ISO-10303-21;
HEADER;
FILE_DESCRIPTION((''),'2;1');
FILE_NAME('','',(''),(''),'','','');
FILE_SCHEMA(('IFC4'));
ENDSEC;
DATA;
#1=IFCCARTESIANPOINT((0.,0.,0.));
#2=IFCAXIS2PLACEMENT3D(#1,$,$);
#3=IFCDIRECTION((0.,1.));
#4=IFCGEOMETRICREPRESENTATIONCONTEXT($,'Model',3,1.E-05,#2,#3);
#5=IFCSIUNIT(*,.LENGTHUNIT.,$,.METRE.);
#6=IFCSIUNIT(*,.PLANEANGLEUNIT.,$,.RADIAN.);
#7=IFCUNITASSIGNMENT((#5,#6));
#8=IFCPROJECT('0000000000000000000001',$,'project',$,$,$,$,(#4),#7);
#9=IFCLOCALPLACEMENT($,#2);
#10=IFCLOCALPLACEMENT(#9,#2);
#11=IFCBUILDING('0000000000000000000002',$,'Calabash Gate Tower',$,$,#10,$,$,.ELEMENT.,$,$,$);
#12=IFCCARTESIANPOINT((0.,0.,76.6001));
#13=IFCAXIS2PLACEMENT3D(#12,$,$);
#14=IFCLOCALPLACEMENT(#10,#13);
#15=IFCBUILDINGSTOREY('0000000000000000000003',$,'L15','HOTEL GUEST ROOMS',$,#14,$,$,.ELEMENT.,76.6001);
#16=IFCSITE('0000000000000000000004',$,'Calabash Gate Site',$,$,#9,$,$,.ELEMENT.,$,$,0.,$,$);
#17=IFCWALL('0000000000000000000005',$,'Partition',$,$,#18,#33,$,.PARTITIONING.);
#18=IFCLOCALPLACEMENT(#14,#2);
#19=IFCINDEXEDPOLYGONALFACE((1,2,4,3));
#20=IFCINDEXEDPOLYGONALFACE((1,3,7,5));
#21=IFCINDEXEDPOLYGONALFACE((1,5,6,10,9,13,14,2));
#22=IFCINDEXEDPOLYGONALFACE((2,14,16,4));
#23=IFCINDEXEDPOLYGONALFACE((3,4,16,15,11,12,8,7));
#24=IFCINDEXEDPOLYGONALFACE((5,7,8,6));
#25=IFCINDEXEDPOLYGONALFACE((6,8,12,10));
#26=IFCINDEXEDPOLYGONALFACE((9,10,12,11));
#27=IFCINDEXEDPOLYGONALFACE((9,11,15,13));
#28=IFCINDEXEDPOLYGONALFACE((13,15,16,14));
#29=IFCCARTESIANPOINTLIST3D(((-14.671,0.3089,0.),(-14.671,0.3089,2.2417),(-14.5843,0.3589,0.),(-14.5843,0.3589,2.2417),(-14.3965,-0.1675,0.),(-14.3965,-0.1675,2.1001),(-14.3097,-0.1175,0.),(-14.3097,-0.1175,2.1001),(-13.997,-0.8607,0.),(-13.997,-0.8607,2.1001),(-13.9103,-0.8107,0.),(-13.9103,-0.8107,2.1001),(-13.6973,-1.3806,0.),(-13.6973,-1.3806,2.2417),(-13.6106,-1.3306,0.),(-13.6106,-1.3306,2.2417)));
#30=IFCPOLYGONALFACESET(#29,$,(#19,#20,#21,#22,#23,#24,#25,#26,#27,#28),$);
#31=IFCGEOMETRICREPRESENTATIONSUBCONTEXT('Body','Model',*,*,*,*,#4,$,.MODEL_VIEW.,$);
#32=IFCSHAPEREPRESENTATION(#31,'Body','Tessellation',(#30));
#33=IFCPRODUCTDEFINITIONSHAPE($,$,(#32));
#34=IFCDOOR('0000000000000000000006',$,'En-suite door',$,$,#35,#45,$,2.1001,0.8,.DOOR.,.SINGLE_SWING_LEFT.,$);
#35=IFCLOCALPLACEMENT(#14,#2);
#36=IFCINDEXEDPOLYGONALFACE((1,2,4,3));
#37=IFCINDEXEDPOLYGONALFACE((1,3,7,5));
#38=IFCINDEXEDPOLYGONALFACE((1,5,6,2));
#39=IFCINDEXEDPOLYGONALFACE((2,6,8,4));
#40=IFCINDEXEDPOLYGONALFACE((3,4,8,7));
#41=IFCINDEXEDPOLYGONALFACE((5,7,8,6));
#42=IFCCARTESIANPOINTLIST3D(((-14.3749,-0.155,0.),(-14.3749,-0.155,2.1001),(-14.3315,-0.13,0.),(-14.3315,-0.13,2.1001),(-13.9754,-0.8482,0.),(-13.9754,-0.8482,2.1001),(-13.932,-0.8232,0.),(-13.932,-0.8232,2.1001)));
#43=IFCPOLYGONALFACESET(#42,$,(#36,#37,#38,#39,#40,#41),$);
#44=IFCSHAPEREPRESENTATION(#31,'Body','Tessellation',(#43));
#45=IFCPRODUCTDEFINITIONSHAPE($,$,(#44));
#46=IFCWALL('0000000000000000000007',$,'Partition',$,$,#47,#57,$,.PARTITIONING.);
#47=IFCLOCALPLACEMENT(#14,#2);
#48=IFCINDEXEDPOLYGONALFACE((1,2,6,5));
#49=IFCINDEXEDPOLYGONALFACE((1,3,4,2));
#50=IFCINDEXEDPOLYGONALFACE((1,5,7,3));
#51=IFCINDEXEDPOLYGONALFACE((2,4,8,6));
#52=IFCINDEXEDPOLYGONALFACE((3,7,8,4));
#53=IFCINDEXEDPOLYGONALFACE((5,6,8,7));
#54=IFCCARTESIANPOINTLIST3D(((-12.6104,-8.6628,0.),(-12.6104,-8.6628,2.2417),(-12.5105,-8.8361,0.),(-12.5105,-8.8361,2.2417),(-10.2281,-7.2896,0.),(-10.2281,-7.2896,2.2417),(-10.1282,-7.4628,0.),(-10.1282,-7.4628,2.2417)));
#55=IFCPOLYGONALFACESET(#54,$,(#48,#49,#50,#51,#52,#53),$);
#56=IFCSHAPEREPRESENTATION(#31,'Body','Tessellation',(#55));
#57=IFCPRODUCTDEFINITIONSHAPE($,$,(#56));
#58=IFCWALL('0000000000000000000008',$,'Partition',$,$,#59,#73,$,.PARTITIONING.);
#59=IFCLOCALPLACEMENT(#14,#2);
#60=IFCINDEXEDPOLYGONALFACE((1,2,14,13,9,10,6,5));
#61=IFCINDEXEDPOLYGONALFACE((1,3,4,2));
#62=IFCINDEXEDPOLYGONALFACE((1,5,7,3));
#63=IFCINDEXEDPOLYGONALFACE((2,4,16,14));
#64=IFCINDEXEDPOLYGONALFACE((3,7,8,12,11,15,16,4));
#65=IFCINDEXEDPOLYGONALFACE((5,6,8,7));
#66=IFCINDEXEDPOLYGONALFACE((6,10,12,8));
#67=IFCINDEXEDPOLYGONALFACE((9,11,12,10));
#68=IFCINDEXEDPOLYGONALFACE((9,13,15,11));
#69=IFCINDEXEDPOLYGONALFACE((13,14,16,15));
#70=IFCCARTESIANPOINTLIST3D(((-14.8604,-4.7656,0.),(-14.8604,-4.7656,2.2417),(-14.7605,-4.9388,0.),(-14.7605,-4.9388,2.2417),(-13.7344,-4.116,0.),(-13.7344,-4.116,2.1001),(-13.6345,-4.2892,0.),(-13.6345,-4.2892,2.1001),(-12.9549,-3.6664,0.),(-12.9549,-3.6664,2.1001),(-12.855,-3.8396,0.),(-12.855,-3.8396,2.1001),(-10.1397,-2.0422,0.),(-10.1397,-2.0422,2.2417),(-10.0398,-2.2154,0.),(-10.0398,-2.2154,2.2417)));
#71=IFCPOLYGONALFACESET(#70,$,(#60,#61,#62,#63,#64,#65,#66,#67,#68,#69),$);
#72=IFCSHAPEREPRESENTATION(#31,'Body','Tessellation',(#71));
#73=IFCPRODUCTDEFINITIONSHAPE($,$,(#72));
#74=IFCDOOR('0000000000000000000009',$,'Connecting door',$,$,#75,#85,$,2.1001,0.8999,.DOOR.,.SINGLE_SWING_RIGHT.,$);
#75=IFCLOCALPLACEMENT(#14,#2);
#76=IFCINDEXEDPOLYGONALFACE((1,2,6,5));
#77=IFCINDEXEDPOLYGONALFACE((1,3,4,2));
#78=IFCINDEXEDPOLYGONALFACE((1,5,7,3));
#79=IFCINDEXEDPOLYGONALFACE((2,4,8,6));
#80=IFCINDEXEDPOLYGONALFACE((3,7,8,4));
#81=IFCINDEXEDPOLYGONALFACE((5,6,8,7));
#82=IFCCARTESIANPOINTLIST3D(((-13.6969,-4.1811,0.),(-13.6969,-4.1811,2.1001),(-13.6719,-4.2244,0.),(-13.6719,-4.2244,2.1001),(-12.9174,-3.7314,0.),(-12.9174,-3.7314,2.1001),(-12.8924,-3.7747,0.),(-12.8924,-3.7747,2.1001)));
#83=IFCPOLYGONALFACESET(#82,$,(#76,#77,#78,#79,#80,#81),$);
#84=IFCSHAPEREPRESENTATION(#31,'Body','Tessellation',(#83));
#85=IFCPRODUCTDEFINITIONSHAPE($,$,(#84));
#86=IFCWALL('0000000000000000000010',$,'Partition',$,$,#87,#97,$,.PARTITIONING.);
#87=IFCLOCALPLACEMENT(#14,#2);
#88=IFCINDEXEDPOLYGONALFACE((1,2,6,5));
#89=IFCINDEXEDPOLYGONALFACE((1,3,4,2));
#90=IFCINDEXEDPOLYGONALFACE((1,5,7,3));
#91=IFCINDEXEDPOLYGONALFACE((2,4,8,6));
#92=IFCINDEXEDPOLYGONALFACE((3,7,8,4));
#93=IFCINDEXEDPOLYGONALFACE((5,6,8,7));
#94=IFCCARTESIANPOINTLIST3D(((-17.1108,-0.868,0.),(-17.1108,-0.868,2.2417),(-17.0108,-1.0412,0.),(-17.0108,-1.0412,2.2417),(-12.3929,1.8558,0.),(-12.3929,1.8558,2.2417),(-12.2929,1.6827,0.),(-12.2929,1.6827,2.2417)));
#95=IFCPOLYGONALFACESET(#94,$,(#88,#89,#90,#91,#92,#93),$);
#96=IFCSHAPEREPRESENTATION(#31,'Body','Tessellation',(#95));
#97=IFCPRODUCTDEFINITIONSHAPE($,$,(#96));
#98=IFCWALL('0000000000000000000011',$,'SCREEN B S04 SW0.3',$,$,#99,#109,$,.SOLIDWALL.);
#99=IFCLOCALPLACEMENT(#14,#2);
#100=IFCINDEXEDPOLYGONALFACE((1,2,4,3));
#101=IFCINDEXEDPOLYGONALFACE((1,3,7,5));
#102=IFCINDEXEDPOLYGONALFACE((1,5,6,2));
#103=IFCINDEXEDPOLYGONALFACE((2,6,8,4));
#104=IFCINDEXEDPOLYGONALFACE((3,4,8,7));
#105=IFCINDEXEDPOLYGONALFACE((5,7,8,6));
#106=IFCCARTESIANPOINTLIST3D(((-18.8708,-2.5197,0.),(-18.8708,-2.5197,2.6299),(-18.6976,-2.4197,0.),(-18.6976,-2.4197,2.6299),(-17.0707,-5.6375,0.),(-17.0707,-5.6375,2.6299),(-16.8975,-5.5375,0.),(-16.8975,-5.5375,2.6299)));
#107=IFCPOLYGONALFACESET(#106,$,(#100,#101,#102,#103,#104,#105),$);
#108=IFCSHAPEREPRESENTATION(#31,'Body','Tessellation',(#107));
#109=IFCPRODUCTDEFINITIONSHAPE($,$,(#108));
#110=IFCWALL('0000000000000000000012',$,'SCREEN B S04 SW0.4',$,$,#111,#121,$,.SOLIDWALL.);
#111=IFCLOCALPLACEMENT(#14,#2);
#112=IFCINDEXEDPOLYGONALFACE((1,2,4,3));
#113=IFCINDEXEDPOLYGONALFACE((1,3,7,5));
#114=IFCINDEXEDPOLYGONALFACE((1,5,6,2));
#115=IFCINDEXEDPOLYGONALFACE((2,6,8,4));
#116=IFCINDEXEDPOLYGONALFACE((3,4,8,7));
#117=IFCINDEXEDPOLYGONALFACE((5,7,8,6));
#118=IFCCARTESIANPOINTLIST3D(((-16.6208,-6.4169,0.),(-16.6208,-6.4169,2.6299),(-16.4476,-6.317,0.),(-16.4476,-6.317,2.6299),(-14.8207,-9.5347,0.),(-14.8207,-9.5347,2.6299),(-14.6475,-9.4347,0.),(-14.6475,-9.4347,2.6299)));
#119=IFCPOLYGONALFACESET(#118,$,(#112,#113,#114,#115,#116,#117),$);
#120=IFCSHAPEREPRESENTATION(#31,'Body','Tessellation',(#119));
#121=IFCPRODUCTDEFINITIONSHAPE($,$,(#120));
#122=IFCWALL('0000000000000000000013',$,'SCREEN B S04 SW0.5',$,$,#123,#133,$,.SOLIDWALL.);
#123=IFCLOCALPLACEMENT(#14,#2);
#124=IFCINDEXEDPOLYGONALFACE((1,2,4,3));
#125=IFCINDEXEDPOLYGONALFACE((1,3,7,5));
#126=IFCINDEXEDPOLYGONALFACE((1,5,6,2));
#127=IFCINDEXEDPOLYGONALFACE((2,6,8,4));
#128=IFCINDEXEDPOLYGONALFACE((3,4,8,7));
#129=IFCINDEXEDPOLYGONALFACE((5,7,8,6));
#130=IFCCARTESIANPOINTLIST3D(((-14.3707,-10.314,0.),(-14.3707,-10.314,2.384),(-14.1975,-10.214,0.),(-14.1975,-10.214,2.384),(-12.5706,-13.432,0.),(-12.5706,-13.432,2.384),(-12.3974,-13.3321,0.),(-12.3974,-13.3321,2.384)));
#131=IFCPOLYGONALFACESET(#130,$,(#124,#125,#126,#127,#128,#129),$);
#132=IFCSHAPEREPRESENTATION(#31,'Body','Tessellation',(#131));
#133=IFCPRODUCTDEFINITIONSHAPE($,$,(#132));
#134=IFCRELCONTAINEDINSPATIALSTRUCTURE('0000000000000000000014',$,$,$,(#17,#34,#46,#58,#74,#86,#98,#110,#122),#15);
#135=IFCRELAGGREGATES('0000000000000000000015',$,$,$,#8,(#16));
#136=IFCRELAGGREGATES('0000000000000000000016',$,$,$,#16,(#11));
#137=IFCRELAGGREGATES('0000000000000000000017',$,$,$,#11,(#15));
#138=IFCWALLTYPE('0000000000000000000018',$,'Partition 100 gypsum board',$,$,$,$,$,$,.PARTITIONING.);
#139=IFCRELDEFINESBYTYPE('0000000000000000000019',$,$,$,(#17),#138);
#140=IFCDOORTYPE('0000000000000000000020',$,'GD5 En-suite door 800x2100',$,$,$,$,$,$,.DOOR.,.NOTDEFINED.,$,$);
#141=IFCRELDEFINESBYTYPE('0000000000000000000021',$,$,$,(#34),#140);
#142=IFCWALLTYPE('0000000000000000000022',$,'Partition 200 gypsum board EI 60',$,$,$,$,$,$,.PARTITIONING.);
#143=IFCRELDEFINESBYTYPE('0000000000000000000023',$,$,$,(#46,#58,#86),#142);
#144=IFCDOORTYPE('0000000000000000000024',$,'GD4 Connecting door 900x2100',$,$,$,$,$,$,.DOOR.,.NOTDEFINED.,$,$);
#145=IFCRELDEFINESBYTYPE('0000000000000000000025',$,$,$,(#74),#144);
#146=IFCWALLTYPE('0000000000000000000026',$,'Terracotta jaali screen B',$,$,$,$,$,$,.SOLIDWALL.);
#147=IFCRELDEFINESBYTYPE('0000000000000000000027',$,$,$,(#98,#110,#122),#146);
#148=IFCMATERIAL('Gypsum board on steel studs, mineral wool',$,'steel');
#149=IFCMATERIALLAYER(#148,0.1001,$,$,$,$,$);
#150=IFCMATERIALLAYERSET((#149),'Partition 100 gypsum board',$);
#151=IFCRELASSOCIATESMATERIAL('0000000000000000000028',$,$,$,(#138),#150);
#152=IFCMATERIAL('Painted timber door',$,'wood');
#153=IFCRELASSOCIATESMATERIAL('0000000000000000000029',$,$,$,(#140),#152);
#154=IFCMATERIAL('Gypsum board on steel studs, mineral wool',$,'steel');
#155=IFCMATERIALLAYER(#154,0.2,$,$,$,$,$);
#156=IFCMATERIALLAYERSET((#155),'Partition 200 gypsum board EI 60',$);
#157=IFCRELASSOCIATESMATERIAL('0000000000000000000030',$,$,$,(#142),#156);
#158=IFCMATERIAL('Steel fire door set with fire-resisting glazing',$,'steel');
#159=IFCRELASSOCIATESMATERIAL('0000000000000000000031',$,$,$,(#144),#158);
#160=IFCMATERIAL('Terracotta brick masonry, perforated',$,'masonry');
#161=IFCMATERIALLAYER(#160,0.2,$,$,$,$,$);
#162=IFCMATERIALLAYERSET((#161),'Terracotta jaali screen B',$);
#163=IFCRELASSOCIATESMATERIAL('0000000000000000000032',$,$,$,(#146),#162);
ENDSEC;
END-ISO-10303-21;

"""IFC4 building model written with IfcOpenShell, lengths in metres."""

from ifc_helpers import new_model, si_unit, direction, frame, frame_2d, origin, place, context, subcontext, project, spatial, rectangle, extrude, material, layer, layer_set, type_object, element, fill, save


model = new_model("IFC4")

# Units and contexts
model_context = context("Model", 3, precision=1e-05, world=origin(), true_north=direction((0.0, 1.0)))
body_context = subcontext(model_context, "Body", "Model", "MODEL_VIEW")
ifc_project = project(units=[si_unit("LENGTHUNIT", "METRE"), si_unit("PLANEANGLEUNIT", "RADIAN")], contexts=[model_context])

# Site, building, storey
site_placement = place(None, origin())
site = spatial("IfcSite", under=ifc_project, at=site_placement, Name="Calabash Gate Site", CompositionType="ELEMENT", RefElevation=0.0)
building_placement = place(site_placement, origin())
building = spatial("IfcBuilding", under=site, at=building_placement, Name="Calabash Gate Tower", CompositionType="ELEMENT")
storey_placement = place(building_placement, frame((0.0, 0.0, 76.6001)))
storey = spatial("IfcBuildingStorey", under=building, at=storey_placement, Name="L15", Description="HOTEL GUEST ROOMS", CompositionType="ELEMENT", Elevation=76.6001)

# Shared definitions
ifc_material_1 = material(Name="Gypsum board on steel studs, mineral wool", Category="steel")
ifc_layer_1 = layer(ifc_material_1, 0.1001)
ifc_layer_set_1 = layer_set([ifc_layer_1], Name="Partition 100 gypsum board")
wall_type_1 = type_object("IfcWallType", Name="Partition 100 gypsum board", PredefinedType="PARTITIONING", material=ifc_layer_set_1)

# Wall, opening, door
wall_1_placement = place(storey_placement, frame((-14.6277, 0.334, 0.0), z_axis=(0.0, 0.0, 1.0), x_axis=(0.499318, -0.866419, 0.0)))
wall_1 = element("IfcWall", 1, at=wall_1_placement, inside=storey, type_object=wall_type_1, Name="Partition", PredefinedType="PARTITIONING", context=body_context, shape_type="SweptSolid", body=[
    extrude(rectangle(XDim=1.95, YDim=0.1001, at=frame_2d((0.9751, 0.0))), origin(), (0.0, 0.0, 1.0), 2.2417),
])
opening_1_placement = place(wall_1_placement, frame((0.55, 0.0, 0.0)))
opening_1 = element("IfcOpeningElement", 2, at=opening_1_placement, cuts=wall_1, PredefinedType="OPENING", context=body_context, shape_type="SweptSolid", body=[
    extrude(rectangle(XDim=0.8, YDim=2.1001, at=frame_2d((0.3999, 1.05))), frame((0.0, 0.0601, 0.0), z_axis=(0.0, -1.0, 0.0), x_axis=(1.0, 0.0, 0.0)), (0.0, 0.0, 1.0), 0.1201),
])
ifc_material_2 = material(Name="Painted timber door", Category="wood")
door_type_1 = type_object("IfcDoorType", Name="GD5 En-suite door 800x2100", OperationType="NOTDEFINED", PredefinedType="DOOR", material=ifc_material_2)
door_1_placement = place(opening_1_placement, origin())
door_1 = element("IfcDoor", 3, at=door_1_placement, inside=storey, type_object=door_type_1, Name="En-suite door", OperationType="SINGLE_SWING_LEFT", OverallHeight=2.1001, OverallWidth=0.8, PredefinedType="DOOR", context=body_context, shape_type="SweptSolid", body=[
    extrude(rectangle(XDim=0.8, YDim=2.1001, at=frame_2d((0.3999, 1.05))), frame((0.0, 0.0249, 0.0), z_axis=(0.0, -1.0, 0.0), x_axis=(1.0, 0.0, 0.0)), (0.0, 0.0, 1.0), 0.05),
])
fill(opening_1, door_1)

# Wall
ifc_material_3 = material(Name="Gypsum board on steel studs, mineral wool", Category="steel")
ifc_layer_2 = layer(ifc_material_3, 0.2)
ifc_layer_set_2 = layer_set([ifc_layer_2], Name="Partition 200 gypsum board EI 60")
wall_type_2 = type_object("IfcWallType", Name="Partition 200 gypsum board EI 60", PredefinedType="PARTITIONING", material=ifc_layer_set_2)
wall_2_placement = place(storey_placement, frame((-12.5605, -8.7495, 0.0), z_axis=(0.0, 0.0, 1.0), x_axis=(0.866363, 0.499415, 0.0)))
element("IfcWall", 4, at=wall_2_placement, inside=storey, type_object=wall_type_2, Name="Partition", PredefinedType="PARTITIONING", context=body_context, shape_type="SweptSolid", body=[
    extrude(rectangle(XDim=2.7498, YDim=0.2, at=frame_2d((1.375, 0.0))), origin(), (0.0, 0.0, 1.0), 2.2417),
])

# Wall, opening, door
wall_3_placement = place(storey_placement, frame((-14.8105, -4.8523, 0.0), z_axis=(0.0, 0.0, 1.0), x_axis=(0.866193, 0.49971, 0.0)))
wall_3 = element("IfcWall", 5, at=wall_3_placement, inside=storey, type_object=wall_type_2, Name="Partition", PredefinedType="PARTITIONING", context=body_context, shape_type="SweptSolid", body=[
    extrude(rectangle(XDim=5.45, YDim=0.2, at=frame_2d((2.7251, 0.0))), origin(), (0.0, 0.0, 1.0), 2.2417),
])
opening_2_placement = place(wall_3_placement, frame((1.3, 0.0, 0.0)))
opening_2 = element("IfcOpeningElement", 6, at=opening_2_placement, cuts=wall_3, PredefinedType="OPENING", context=body_context, shape_type="SweptSolid", body=[
    extrude(rectangle(XDim=0.8999, YDim=2.1001, at=frame_2d((0.45, 1.05))), frame((0.0, 0.1099, 0.0), z_axis=(0.0, -1.0, 0.0), x_axis=(1.0, 0.0, 0.0)), (0.0, 0.0, 1.0), 0.22),
])
ifc_material_4 = material(Name="Steel fire door set with fire-resisting glazing", Category="steel")
door_type_2 = type_object("IfcDoorType", Name="GD4 Connecting door 900x2100", OperationType="NOTDEFINED", PredefinedType="DOOR", material=ifc_material_4)
door_2_placement = place(opening_2_placement, origin())
door_2 = element("IfcDoor", 7, at=door_2_placement, inside=storey, type_object=door_type_2, Name="Connecting door", OperationType="SINGLE_SWING_RIGHT", OverallHeight=2.1001, OverallWidth=0.8999, PredefinedType="DOOR", context=body_context, shape_type="SweptSolid", body=[
    extrude(rectangle(XDim=0.8999, YDim=2.1001, at=frame_2d((0.45, 1.05))), frame((0.0, 0.0249, 0.0), z_axis=(0.0, -1.0, 0.0), x_axis=(1.0, 0.0, 0.0)), (0.0, 0.0, 1.0), 0.05),
])
fill(opening_2, door_2)

# Walls
wall_4_placement = place(storey_placement, frame((-17.0608, -0.9546, 0.0), z_axis=(0.0, 0.0, 1.0), x_axis=(0.866031, 0.49999, 0.0)))
element("IfcWall", 8, at=wall_4_placement, inside=storey, type_object=wall_type_2, Name="Partition", PredefinedType="PARTITIONING", context=body_context, shape_type="SweptSolid", body=[
    extrude(rectangle(XDim=5.4478, YDim=0.2, at=frame_2d((2.7239, 0.0))), origin(), (0.0, 0.0, 1.0), 2.2417),
])
ifc_material_5 = material(Name="Terracotta brick masonry, perforated", Category="masonry")
ifc_layer_3 = layer(ifc_material_5, 0.2)
ifc_layer_set_3 = layer_set([ifc_layer_3], Name="Terracotta jaali screen B")
wall_type_3 = type_object("IfcWallType", Name="Terracotta jaali screen B", PredefinedType="SOLIDWALL", material=ifc_layer_set_3)
for number, where, z_axis, x_axis, name in (
    (9, (-18.7842, -2.4697, 0.0), (0.0, 0.0, 1.0), (0.500012, -0.866018, 0.0), "SCREEN B S04 SW0.3"),
    (10, (-16.5342, -6.3669, 0.0), (0.0, 0.0, 1.0), (0.500012, -0.866018, 0.0), "SCREEN B S04 SW0.4"),
):
    element("IfcWall", number, at=place(storey_placement, frame(where, z_axis=z_axis, x_axis=x_axis)), inside=storey, type_object=wall_type_3, Name=name, PredefinedType="SOLIDWALL", context=body_context, shape_type="SweptSolid", body=[
        extrude(rectangle(XDim=3.6001, YDim=0.2, at=frame_2d((1.8, 0.0))), origin(), (0.0, 0.0, 1.0), 2.6299),
    ])
wall_5_placement = place(storey_placement, frame((-14.2842, -10.2639, 0.0), z_axis=(0.0, 0.0, 1.0), x_axis=(0.499983, -0.866035, 0.0)))
element("IfcWall", 11, at=wall_5_placement, inside=storey, type_object=wall_type_3, Name="SCREEN B S04 SW0.5", PredefinedType="SOLIDWALL", context=body_context, shape_type="SweptSolid", body=[
    extrude(rectangle(XDim=3.6003, YDim=0.2, at=frame_2d((1.8003, 0.0))), origin(), (0.0, 0.0, 1.0), 2.384),
])

save(model, "model.ifc")
